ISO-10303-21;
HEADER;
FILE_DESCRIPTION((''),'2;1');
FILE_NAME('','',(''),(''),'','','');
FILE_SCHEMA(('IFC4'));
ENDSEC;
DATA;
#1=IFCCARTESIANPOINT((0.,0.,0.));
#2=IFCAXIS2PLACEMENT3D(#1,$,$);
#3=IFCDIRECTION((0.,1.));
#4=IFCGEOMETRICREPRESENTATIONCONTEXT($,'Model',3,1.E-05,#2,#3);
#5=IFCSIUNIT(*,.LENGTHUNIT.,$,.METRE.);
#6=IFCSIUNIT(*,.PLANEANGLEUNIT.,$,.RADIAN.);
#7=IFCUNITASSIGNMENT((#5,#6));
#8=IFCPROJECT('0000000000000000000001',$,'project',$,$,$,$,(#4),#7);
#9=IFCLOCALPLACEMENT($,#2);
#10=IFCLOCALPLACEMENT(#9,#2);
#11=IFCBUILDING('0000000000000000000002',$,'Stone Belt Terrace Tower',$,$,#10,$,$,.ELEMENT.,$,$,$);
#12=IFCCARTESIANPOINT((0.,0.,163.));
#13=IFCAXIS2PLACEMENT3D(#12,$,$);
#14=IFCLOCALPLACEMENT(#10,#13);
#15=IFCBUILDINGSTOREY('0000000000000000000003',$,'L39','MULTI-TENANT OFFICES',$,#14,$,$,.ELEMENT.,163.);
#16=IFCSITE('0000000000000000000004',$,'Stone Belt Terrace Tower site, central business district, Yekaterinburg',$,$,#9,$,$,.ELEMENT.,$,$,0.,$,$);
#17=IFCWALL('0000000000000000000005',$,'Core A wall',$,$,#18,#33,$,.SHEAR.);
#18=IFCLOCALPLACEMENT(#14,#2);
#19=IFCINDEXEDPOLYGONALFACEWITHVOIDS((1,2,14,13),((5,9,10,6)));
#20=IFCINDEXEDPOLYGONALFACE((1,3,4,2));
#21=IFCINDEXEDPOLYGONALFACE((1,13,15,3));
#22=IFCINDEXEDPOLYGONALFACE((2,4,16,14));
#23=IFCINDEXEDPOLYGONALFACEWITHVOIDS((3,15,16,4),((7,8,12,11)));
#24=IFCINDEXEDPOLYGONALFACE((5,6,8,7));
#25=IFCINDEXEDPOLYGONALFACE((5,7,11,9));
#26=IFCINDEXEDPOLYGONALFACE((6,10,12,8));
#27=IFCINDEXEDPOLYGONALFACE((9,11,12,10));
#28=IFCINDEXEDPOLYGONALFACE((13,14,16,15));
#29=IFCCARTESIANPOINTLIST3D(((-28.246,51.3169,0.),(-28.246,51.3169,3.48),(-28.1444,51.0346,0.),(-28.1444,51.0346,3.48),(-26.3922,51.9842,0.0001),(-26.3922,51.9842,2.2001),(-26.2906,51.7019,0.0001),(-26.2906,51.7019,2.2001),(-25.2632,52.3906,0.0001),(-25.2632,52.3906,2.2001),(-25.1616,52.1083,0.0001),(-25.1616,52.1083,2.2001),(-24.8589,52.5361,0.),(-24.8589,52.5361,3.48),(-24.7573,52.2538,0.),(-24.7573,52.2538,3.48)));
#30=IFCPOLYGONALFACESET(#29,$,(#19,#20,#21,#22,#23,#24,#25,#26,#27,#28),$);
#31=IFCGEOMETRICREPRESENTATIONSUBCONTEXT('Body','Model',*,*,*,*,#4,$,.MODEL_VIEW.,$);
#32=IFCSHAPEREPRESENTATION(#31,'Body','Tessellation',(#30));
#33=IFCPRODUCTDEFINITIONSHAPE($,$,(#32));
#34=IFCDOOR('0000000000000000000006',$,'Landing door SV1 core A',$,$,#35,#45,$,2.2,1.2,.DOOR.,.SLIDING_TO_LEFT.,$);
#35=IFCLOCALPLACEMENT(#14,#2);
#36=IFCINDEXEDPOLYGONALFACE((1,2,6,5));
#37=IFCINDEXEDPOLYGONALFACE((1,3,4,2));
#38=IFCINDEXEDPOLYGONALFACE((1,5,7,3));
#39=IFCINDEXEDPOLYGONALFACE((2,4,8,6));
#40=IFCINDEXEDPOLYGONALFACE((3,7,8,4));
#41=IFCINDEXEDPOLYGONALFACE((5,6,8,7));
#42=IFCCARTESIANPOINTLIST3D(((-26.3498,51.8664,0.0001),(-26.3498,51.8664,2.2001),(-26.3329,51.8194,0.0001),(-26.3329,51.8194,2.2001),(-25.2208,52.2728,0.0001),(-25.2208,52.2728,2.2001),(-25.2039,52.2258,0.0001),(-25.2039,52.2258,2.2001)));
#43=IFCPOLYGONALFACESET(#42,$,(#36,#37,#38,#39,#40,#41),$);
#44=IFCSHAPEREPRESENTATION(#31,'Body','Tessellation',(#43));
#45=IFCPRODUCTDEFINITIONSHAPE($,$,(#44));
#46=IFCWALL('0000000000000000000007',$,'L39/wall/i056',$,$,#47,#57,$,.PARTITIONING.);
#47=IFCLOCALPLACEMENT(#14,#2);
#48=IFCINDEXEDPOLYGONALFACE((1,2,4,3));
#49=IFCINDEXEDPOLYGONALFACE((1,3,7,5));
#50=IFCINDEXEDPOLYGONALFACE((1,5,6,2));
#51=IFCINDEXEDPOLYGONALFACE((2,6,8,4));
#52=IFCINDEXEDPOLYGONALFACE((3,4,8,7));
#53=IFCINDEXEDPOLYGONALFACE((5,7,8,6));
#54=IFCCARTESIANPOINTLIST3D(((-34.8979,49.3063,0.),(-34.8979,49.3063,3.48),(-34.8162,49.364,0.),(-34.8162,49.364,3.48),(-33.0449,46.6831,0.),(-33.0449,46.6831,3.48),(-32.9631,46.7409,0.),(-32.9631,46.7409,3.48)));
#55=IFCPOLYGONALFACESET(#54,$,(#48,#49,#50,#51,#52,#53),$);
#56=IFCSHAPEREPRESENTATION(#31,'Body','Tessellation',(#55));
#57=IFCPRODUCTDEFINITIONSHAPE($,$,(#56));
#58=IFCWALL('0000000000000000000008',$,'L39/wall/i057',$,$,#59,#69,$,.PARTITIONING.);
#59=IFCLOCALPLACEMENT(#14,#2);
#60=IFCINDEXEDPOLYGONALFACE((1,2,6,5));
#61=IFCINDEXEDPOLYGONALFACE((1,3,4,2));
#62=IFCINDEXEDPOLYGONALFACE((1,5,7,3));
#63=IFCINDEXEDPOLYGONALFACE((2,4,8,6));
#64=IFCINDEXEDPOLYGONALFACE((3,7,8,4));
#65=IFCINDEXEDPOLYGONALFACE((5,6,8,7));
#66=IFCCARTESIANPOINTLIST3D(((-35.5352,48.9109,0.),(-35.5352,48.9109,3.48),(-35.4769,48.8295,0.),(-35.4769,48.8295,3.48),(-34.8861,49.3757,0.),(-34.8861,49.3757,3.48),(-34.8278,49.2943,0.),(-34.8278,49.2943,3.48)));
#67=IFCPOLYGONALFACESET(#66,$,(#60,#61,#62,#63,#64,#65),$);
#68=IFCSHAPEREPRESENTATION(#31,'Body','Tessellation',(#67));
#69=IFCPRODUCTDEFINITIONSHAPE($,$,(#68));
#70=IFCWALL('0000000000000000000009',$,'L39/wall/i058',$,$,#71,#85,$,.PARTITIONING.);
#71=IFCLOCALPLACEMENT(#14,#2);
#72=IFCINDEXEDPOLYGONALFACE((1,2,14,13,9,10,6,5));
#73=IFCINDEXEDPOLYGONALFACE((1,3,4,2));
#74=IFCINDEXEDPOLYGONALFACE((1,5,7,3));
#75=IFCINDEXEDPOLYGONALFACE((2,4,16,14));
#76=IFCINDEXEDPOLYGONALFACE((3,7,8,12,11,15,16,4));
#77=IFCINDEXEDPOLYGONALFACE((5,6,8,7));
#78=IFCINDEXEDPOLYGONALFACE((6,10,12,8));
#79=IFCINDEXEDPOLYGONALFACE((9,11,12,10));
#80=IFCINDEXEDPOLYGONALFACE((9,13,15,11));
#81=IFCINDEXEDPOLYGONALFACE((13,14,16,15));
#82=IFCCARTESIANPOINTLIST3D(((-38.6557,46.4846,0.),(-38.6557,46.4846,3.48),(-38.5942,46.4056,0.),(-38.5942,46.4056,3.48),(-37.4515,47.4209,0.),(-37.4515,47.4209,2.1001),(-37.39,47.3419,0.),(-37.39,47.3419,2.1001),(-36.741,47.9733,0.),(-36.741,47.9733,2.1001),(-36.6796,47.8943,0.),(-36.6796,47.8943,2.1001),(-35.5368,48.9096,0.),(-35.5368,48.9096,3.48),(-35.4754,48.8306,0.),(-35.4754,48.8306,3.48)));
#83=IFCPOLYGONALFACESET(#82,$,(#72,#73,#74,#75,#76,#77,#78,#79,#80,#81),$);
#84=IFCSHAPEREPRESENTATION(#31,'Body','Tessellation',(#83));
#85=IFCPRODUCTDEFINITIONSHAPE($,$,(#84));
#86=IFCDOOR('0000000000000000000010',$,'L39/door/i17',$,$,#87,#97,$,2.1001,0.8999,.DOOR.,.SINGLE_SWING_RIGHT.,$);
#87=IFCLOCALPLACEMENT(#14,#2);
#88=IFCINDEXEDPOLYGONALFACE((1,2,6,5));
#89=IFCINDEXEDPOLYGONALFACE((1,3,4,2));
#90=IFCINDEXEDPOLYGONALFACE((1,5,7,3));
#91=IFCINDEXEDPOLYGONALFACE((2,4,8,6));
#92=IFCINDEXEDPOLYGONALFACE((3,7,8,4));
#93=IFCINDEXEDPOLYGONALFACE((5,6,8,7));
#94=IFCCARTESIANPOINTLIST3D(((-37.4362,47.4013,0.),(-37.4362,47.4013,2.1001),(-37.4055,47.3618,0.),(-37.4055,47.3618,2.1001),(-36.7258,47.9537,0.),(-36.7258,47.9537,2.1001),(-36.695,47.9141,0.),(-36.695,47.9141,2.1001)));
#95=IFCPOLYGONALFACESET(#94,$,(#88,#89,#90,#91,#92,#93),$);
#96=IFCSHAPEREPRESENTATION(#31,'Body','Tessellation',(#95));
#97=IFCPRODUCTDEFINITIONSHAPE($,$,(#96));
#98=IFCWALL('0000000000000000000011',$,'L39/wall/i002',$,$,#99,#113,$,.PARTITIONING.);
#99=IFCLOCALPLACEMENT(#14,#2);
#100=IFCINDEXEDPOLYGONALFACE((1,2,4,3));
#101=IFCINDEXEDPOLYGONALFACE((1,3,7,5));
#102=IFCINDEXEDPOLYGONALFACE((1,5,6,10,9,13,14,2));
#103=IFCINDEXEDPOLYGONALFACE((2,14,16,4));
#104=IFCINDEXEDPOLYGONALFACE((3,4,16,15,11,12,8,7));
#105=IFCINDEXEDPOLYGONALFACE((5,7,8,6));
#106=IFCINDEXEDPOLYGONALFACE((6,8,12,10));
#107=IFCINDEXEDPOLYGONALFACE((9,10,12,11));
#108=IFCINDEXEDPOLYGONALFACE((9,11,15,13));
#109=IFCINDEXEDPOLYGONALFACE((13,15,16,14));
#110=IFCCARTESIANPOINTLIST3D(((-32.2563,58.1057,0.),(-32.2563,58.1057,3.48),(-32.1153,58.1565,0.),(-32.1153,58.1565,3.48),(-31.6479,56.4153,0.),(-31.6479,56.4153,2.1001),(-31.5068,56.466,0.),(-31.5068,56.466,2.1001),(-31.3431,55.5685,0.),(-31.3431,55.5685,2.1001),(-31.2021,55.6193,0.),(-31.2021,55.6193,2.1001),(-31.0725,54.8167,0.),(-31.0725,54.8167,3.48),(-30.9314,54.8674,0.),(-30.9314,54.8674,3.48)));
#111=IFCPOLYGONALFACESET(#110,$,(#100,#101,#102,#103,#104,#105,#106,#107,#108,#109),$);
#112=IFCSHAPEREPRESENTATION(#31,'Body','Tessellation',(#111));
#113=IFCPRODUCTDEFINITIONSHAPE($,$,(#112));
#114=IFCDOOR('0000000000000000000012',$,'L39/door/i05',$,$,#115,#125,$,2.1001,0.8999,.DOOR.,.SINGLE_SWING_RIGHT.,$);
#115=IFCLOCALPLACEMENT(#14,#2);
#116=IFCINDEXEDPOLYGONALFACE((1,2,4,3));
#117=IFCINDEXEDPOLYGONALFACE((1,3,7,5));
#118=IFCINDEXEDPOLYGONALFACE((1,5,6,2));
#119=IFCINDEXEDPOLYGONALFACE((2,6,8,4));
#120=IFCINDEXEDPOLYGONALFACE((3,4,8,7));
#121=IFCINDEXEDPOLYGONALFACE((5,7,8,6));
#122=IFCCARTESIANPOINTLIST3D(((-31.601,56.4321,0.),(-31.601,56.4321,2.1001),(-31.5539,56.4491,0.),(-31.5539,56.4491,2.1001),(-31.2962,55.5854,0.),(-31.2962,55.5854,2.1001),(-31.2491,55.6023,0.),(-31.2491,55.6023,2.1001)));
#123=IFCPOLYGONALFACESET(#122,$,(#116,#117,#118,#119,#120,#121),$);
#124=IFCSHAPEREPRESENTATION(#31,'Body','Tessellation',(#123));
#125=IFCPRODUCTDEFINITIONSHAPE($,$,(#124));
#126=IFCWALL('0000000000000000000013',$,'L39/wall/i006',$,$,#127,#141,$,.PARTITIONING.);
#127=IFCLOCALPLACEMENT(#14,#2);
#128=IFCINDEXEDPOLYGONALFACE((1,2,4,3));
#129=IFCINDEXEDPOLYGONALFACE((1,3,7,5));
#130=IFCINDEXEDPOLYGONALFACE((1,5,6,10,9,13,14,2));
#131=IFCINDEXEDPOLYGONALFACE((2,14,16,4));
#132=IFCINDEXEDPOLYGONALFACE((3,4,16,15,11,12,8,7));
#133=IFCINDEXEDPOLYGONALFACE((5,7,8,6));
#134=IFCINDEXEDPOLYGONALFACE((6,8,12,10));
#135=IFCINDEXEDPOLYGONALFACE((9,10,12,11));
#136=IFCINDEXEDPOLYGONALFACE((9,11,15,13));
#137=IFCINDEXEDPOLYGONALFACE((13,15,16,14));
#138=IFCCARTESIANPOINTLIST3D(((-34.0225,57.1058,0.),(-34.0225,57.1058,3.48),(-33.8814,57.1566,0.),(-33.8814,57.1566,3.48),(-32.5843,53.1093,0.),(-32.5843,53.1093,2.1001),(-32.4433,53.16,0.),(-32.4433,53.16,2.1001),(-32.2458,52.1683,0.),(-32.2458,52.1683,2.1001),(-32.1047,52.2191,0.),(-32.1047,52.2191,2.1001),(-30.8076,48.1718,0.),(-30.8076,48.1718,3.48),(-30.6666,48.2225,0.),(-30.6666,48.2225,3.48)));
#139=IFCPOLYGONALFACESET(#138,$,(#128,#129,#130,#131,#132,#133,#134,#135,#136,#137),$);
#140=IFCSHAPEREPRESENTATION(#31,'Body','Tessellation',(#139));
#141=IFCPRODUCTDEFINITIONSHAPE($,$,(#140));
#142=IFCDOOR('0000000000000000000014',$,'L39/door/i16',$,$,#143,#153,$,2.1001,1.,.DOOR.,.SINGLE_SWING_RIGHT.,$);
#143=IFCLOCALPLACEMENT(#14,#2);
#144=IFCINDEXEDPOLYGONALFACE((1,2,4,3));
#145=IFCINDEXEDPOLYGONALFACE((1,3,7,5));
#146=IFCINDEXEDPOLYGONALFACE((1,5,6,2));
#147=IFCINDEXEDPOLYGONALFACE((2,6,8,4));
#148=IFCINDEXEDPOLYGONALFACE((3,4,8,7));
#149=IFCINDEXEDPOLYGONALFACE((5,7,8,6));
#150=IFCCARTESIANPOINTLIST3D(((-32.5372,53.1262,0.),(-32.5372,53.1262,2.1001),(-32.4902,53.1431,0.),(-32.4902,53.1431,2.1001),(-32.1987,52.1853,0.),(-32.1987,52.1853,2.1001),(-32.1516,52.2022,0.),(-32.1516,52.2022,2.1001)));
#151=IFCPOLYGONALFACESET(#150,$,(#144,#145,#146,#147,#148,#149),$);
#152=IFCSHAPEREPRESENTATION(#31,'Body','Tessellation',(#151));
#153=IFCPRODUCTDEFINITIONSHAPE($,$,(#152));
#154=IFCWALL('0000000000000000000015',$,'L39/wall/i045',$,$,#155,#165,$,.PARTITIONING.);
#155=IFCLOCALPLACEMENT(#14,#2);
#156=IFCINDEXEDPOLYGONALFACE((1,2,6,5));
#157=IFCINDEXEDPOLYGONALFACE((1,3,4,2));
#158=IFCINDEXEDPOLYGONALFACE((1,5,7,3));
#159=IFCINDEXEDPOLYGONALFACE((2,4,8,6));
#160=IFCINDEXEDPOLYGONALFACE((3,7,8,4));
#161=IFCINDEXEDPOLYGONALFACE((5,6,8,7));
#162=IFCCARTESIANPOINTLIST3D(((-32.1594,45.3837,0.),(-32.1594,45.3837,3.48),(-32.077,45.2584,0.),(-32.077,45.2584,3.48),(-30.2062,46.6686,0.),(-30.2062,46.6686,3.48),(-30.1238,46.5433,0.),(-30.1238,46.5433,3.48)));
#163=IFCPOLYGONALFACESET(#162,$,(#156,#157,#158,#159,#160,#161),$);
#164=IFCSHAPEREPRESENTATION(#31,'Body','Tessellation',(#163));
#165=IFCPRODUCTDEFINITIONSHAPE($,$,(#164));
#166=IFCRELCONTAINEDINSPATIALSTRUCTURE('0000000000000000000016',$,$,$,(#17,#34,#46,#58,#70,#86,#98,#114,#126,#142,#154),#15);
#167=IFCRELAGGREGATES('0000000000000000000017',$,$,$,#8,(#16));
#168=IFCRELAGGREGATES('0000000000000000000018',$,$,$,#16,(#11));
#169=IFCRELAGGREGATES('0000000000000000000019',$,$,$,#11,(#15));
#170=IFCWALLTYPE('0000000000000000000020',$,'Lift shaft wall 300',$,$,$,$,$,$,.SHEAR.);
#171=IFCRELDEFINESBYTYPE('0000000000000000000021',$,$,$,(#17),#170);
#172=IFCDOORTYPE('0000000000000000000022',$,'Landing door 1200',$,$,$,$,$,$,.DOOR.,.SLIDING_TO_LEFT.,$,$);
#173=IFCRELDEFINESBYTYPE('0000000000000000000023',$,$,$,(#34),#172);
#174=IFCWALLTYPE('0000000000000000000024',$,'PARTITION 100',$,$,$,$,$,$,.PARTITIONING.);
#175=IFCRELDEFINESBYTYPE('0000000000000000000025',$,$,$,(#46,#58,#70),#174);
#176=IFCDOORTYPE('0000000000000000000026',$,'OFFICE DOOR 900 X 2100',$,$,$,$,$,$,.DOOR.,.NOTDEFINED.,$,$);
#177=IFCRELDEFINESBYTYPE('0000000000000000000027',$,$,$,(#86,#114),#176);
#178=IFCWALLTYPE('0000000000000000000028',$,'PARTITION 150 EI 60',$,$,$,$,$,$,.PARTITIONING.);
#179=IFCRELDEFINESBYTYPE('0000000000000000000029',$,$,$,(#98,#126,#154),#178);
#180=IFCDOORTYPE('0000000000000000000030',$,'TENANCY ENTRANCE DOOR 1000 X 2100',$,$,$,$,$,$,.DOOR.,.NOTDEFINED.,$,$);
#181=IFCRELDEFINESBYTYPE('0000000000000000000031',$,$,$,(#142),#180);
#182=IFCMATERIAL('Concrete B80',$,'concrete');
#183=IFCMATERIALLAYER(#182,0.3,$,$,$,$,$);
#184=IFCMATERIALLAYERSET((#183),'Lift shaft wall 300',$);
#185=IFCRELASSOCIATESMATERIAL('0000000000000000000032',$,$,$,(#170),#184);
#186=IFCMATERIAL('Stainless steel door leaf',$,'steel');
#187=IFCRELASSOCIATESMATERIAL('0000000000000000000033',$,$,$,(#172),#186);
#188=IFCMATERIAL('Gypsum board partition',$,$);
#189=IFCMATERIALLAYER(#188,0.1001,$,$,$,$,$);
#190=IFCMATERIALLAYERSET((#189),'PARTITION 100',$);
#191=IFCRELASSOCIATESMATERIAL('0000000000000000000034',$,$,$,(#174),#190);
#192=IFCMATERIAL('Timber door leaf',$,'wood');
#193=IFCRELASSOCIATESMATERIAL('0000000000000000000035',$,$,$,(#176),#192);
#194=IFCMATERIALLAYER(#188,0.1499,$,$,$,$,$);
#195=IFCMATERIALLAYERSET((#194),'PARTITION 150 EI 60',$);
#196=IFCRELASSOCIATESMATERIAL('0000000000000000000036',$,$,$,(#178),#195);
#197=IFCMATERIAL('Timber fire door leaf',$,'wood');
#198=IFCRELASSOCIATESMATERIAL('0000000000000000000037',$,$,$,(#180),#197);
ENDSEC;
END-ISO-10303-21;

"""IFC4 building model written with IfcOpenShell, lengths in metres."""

from ifc_helpers import new_model, si_unit, direction, frame, frame_2d, origin, place, context, subcontext, project, spatial, rectangle, extrude, material, layer, layer_set, type_object, element, fill, save


model = new_model("IFC4")

# Units and contexts
model_context = context("Model", 3, precision=1e-05, world=origin(), true_north=direction((0.0, 1.0)))
body_context = subcontext(model_context, "Body", "Model", "MODEL_VIEW")
ifc_project = project(units=[si_unit("LENGTHUNIT", "METRE"), si_unit("PLANEANGLEUNIT", "RADIAN")], contexts=[model_context])

# Site, building, storey
site_placement = place(None, origin())
site = spatial("IfcSite", under=ifc_project, at=site_placement, Name="Stone Belt Terrace Tower site, central business district, Yekaterinburg", CompositionType="ELEMENT", RefElevation=0.0)
building_placement = place(site_placement, origin())
building = spatial("IfcBuilding", under=site, at=building_placement, Name="Stone Belt Terrace Tower", CompositionType="ELEMENT")
storey_placement = place(building_placement, frame((0.0, 0.0, 163.0)))
storey = spatial("IfcBuildingStorey", under=building, at=storey_placement, Name="L39", Description="MULTI-TENANT OFFICES", CompositionType="ELEMENT", Elevation=163.0)

# Shared definitions
ifc_material_1 = material(Name="Concrete B80", Category="concrete")

# Wall, opening, door
ifc_layer_1 = layer(ifc_material_1, 0.3)
ifc_layer_set_1 = layer_set([ifc_layer_1], Name="Lift shaft wall 300")
wall_type_1 = type_object("IfcWallType", Name="Lift shaft wall 300", PredefinedType="SHEAR", material=ifc_layer_set_1)
wall_1_placement = place(storey_placement, frame((-28.1951, 51.1758, 0.0), z_axis=(0.0, 0.0, 1.0), x_axis=(0.940901, 0.338681, 0.0)))
wall_1 = element("IfcWall", 1, at=wall_1_placement, inside=storey, type_object=wall_type_1, Name="Core A wall", PredefinedType="SHEAR", context=body_context, shape_type="SweptSolid", body=[
    extrude(rectangle(XDim=3.5999, YDim=0.3, at=frame_2d((1.7998, 0.0))), origin(), (0.0, 0.0, 1.0), 3.48),
])
opening_1_placement = place(wall_1_placement, frame((1.97, 0.0, 0.0)))
opening_1 = element("IfcOpeningElement", 2, at=opening_1_placement, cuts=wall_1, PredefinedType="OPENING", context=body_context, shape_type="SweptSolid", body=[
    extrude(rectangle(XDim=1.2, YDim=2.2, at=frame_2d((0.6001, 1.1001))), frame((0.0, 0.1599, 0.0), z_axis=(0.0, -1.0, 0.0), x_axis=(1.0, 0.0, 0.0)), (0.0, 0.0, 1.0), 0.3201),
])
ifc_material_2 = material(Name="Stainless steel door leaf", Category="steel")
door_type_1 = type_object("IfcDoorType", Name="Landing door 1200", OperationType="SLIDING_TO_LEFT", PredefinedType="DOOR", material=ifc_material_2)
door_1_placement = place(opening_1_placement, origin())
door_1 = element("IfcDoor", 3, at=door_1_placement, inside=storey, type_object=door_type_1, Name="Landing door SV1 core A", OperationType="SLIDING_TO_LEFT", OverallHeight=2.2, OverallWidth=1.2, PredefinedType="DOOR", context=body_context, shape_type="SweptSolid", body=[
    extrude(rectangle(XDim=1.2, YDim=2.2, at=frame_2d((0.6001, 1.1001))), frame((0.0, 0.0249, 0.0), z_axis=(0.0, -1.0, 0.0), x_axis=(1.0, 0.0, 0.0)), (0.0, 0.0, 1.0), 0.05),
])
fill(opening_1, door_1)

# Walls
ifc_material_3 = material(Name="Gypsum board partition")
ifc_layer_2 = layer(ifc_material_3, 0.1001)
ifc_layer_set_2 = layer_set([ifc_layer_2], Name="PARTITION 100")
wall_type_2 = type_object("IfcWallType", Name="PARTITION 100", PredefinedType="PARTITIONING", material=ifc_layer_set_2)
wall_2_placement = place(storey_placement, frame((-33.0039, 46.7119, 0.0), z_axis=(0.0, 0.0, 1.0), x_axis=(-0.576988, 0.816753, 0.0)))
element("IfcWall", 4, at=wall_2_placement, inside=storey, type_object=wall_type_2, Name="L39/wall/i056", PredefinedType="PARTITIONING", context=body_context, shape_type="SweptSolid", body=[
    extrude(rectangle(XDim=3.2117, YDim=0.1001, at=frame_2d((1.606, 0.0))), origin(), (0.0, 0.0, 1.0), 3.48),
])
wall_3_placement = place(storey_placement, frame((-34.8569, 49.335, 0.0), z_axis=(0.0, 0.0, 1.0), x_axis=(-0.813051, -0.582192, 0.0)))
element("IfcWall", 5, at=wall_3_placement, inside=storey, type_object=wall_type_2, Name="L39/wall/i057", PredefinedType="PARTITIONING", context=body_context, shape_type="SweptSolid", body=[
    extrude(rectangle(XDim=0.7983, YDim=0.1001, at=frame_2d((0.3992, 0.0))), origin(), (0.0, 0.0, 1.0), 3.48),
])

# Walls, openings, doors
wall_4_placement = place(storey_placement, frame((-35.5061, 48.8701, 0.0), z_axis=(0.0, 0.0, 1.0), x_axis=(-0.789445, -0.613821, 0.0)))
wall_4 = element("IfcWall", 6, at=wall_4_placement, inside=storey, type_object=wall_type_2, Name="L39/wall/i058", PredefinedType="PARTITIONING", context=body_context, shape_type="SweptSolid", body=[
    extrude(rectangle(XDim=3.9507, YDim=0.1001, at=frame_2d((1.9753, 0.0))), origin(), (0.0, 0.0, 1.0), 3.48),
])
opening_2_placement = place(wall_4_placement, frame((1.5254, 0.0, 0.0)))
opening_2 = element("IfcOpeningElement", 7, at=opening_2_placement, cuts=wall_4, PredefinedType="OPENING", context=body_context, shape_type="SweptSolid", body=[
    extrude(rectangle(XDim=0.8999, YDim=2.1001, at=frame_2d((0.45, 1.05))), frame((0.0, 0.0601, 0.0), z_axis=(0.0, -1.0, 0.0), x_axis=(1.0, 0.0, 0.0)), (0.0, 0.0, 1.0), 0.1201),
])
ifc_material_4 = material(Name="Timber door leaf", Category="wood")
door_type_2 = type_object("IfcDoorType", Name="OFFICE DOOR 900 X 2100", OperationType="NOTDEFINED", PredefinedType="DOOR", material=ifc_material_4)
door_2_placement = place(opening_2_placement, origin())
door_2 = element("IfcDoor", 8, at=door_2_placement, inside=storey, type_object=door_type_2, Name="L39/door/i17", OperationType="SINGLE_SWING_RIGHT", OverallHeight=2.1001, OverallWidth=0.8999, PredefinedType="DOOR", context=body_context, shape_type="SweptSolid", body=[
    extrude(rectangle(XDim=0.8999, YDim=2.1001, at=frame_2d((0.45, 1.05))), frame((0.0, 0.0249, 0.0), z_axis=(0.0, -1.0, 0.0), x_axis=(1.0, 0.0, 0.0)), (0.0, 0.0, 1.0), 0.05),
])
fill(opening_2, door_2)
ifc_layer_3 = layer(ifc_material_3, 0.1499)
ifc_layer_set_3 = layer_set([ifc_layer_3], Name="PARTITION 150 EI 60")
wall_type_3 = type_object("IfcWallType", Name="PARTITION 150 EI 60", PredefinedType="PARTITIONING", material=ifc_layer_set_3)
wall_5_placement = place(storey_placement, frame((-32.1858, 58.1311, 0.0), z_axis=(0.0, 0.0, 1.0), x_axis=(0.338663, -0.940908, 0.0)))
wall_5 = element("IfcWall", 9, at=wall_5_placement, inside=storey, type_object=wall_type_3, Name="L39/wall/i002", PredefinedType="PARTITIONING", context=body_context, shape_type="SweptSolid", body=[
    extrude(rectangle(XDim=3.4956, YDim=0.1499, at=frame_2d((1.7478, 0.0))), origin(), (0.0, 0.0, 1.0), 3.48),
])
opening_3_placement = place(wall_5_placement, frame((1.7966, 0.0, 0.0)))
opening_3 = element("IfcOpeningElement", 10, at=opening_3_placement, cuts=wall_5, PredefinedType="OPENING", context=body_context, shape_type="SweptSolid", body=[
    extrude(rectangle(XDim=0.8999, YDim=2.1001, at=frame_2d((0.45, 1.05))), frame((0.0, 0.085, 0.0), z_axis=(0.0, -1.0, 0.0), x_axis=(1.0, 0.0, 0.0)), (0.0, 0.0, 1.0), 0.1699),
])
door_3_placement = place(opening_3_placement, origin())
door_3 = element("IfcDoor", 11, at=door_3_placement, inside=storey, type_object=door_type_2, Name="L39/door/i05", OperationType="SINGLE_SWING_RIGHT", OverallHeight=2.1001, OverallWidth=0.8999, PredefinedType="DOOR", context=body_context, shape_type="SweptSolid", body=[
    extrude(rectangle(XDim=0.8999, YDim=2.1001, at=frame_2d((0.45, 1.05))), frame((0.0, 0.0249, 0.0), z_axis=(0.0, -1.0, 0.0), x_axis=(1.0, 0.0, 0.0)), (0.0, 0.0, 1.0), 0.05),
])
fill(opening_3, door_3)
wall_6_placement = place(storey_placement, frame((-30.7371, 48.197, 0.0), z_axis=(0.0, 0.0, 1.0), x_axis=(-0.338587, 0.940935, 0.0)))
wall_6 = element("IfcWall", 12, at=wall_6_placement, inside=storey, type_object=wall_type_3, Name="L39/wall/i006", PredefinedType="PARTITIONING", context=body_context, shape_type="SweptSolid", body=[
    extrude(rectangle(XDim=9.4949, YDim=0.1499, at=frame_2d((4.7476, 0.0))), origin(), (0.0, 0.0, 1.0), 3.48),
])
opening_4_placement = place(wall_6_placement, frame((4.2476, 0.0, 0.0)))
opening_4 = element("IfcOpeningElement", 13, at=opening_4_placement, cuts=wall_6, PredefinedType="OPENING", context=body_context, shape_type="SweptSolid", body=[
    extrude(rectangle(XDim=1.0, YDim=2.1001, at=frame_2d((0.5, 1.05))), frame((0.0, 0.085, 0.0), z_axis=(0.0, -1.0, 0.0), x_axis=(1.0, 0.0, 0.0)), (0.0, 0.0, 1.0), 0.1699),
])
ifc_material_5 = material(Name="Timber fire door leaf", Category="wood")
door_type_3 = type_object("IfcDoorType", Name="TENANCY ENTRANCE DOOR 1000 X 2100", OperationType="NOTDEFINED", PredefinedType="DOOR", material=ifc_material_5)
door_4_placement = place(opening_4_placement, origin())
door_4 = element("IfcDoor", 14, at=door_4_placement, inside=storey, type_object=door_type_3, Name="L39/door/i16", OperationType="SINGLE_SWING_RIGHT", OverallHeight=2.1001, OverallWidth=1.0, PredefinedType="DOOR", context=body_context, shape_type="SweptSolid", body=[
    extrude(rectangle(XDim=1.0, YDim=2.1001, at=frame_2d((0.5, 1.05))), frame((0.0, 0.0249, 0.0), z_axis=(0.0, -1.0, 0.0), x_axis=(1.0, 0.0, 0.0)), (0.0, 0.0, 1.0), 0.05),
])
fill(opening_4, door_4)

# Wall
wall_7_placement = place(storey_placement, frame((-30.165, 46.606, 0.0), z_axis=(0.0, 0.0, 1.0), x_axis=(-0.835425, -0.549605, 0.0)))
element("IfcWall", 15, at=wall_7_placement, inside=storey, type_object=wall_type_3, Name="L39/wall/i045", PredefinedType="PARTITIONING", context=body_context, shape_type="SweptSolid", body=[
    extrude(rectangle(XDim=2.3379, YDim=0.1499, at=frame_2d((1.1689, 0.0))), origin(), (0.0, 0.0, 1.0), 3.48),
])

save(model, "model.ifc")
